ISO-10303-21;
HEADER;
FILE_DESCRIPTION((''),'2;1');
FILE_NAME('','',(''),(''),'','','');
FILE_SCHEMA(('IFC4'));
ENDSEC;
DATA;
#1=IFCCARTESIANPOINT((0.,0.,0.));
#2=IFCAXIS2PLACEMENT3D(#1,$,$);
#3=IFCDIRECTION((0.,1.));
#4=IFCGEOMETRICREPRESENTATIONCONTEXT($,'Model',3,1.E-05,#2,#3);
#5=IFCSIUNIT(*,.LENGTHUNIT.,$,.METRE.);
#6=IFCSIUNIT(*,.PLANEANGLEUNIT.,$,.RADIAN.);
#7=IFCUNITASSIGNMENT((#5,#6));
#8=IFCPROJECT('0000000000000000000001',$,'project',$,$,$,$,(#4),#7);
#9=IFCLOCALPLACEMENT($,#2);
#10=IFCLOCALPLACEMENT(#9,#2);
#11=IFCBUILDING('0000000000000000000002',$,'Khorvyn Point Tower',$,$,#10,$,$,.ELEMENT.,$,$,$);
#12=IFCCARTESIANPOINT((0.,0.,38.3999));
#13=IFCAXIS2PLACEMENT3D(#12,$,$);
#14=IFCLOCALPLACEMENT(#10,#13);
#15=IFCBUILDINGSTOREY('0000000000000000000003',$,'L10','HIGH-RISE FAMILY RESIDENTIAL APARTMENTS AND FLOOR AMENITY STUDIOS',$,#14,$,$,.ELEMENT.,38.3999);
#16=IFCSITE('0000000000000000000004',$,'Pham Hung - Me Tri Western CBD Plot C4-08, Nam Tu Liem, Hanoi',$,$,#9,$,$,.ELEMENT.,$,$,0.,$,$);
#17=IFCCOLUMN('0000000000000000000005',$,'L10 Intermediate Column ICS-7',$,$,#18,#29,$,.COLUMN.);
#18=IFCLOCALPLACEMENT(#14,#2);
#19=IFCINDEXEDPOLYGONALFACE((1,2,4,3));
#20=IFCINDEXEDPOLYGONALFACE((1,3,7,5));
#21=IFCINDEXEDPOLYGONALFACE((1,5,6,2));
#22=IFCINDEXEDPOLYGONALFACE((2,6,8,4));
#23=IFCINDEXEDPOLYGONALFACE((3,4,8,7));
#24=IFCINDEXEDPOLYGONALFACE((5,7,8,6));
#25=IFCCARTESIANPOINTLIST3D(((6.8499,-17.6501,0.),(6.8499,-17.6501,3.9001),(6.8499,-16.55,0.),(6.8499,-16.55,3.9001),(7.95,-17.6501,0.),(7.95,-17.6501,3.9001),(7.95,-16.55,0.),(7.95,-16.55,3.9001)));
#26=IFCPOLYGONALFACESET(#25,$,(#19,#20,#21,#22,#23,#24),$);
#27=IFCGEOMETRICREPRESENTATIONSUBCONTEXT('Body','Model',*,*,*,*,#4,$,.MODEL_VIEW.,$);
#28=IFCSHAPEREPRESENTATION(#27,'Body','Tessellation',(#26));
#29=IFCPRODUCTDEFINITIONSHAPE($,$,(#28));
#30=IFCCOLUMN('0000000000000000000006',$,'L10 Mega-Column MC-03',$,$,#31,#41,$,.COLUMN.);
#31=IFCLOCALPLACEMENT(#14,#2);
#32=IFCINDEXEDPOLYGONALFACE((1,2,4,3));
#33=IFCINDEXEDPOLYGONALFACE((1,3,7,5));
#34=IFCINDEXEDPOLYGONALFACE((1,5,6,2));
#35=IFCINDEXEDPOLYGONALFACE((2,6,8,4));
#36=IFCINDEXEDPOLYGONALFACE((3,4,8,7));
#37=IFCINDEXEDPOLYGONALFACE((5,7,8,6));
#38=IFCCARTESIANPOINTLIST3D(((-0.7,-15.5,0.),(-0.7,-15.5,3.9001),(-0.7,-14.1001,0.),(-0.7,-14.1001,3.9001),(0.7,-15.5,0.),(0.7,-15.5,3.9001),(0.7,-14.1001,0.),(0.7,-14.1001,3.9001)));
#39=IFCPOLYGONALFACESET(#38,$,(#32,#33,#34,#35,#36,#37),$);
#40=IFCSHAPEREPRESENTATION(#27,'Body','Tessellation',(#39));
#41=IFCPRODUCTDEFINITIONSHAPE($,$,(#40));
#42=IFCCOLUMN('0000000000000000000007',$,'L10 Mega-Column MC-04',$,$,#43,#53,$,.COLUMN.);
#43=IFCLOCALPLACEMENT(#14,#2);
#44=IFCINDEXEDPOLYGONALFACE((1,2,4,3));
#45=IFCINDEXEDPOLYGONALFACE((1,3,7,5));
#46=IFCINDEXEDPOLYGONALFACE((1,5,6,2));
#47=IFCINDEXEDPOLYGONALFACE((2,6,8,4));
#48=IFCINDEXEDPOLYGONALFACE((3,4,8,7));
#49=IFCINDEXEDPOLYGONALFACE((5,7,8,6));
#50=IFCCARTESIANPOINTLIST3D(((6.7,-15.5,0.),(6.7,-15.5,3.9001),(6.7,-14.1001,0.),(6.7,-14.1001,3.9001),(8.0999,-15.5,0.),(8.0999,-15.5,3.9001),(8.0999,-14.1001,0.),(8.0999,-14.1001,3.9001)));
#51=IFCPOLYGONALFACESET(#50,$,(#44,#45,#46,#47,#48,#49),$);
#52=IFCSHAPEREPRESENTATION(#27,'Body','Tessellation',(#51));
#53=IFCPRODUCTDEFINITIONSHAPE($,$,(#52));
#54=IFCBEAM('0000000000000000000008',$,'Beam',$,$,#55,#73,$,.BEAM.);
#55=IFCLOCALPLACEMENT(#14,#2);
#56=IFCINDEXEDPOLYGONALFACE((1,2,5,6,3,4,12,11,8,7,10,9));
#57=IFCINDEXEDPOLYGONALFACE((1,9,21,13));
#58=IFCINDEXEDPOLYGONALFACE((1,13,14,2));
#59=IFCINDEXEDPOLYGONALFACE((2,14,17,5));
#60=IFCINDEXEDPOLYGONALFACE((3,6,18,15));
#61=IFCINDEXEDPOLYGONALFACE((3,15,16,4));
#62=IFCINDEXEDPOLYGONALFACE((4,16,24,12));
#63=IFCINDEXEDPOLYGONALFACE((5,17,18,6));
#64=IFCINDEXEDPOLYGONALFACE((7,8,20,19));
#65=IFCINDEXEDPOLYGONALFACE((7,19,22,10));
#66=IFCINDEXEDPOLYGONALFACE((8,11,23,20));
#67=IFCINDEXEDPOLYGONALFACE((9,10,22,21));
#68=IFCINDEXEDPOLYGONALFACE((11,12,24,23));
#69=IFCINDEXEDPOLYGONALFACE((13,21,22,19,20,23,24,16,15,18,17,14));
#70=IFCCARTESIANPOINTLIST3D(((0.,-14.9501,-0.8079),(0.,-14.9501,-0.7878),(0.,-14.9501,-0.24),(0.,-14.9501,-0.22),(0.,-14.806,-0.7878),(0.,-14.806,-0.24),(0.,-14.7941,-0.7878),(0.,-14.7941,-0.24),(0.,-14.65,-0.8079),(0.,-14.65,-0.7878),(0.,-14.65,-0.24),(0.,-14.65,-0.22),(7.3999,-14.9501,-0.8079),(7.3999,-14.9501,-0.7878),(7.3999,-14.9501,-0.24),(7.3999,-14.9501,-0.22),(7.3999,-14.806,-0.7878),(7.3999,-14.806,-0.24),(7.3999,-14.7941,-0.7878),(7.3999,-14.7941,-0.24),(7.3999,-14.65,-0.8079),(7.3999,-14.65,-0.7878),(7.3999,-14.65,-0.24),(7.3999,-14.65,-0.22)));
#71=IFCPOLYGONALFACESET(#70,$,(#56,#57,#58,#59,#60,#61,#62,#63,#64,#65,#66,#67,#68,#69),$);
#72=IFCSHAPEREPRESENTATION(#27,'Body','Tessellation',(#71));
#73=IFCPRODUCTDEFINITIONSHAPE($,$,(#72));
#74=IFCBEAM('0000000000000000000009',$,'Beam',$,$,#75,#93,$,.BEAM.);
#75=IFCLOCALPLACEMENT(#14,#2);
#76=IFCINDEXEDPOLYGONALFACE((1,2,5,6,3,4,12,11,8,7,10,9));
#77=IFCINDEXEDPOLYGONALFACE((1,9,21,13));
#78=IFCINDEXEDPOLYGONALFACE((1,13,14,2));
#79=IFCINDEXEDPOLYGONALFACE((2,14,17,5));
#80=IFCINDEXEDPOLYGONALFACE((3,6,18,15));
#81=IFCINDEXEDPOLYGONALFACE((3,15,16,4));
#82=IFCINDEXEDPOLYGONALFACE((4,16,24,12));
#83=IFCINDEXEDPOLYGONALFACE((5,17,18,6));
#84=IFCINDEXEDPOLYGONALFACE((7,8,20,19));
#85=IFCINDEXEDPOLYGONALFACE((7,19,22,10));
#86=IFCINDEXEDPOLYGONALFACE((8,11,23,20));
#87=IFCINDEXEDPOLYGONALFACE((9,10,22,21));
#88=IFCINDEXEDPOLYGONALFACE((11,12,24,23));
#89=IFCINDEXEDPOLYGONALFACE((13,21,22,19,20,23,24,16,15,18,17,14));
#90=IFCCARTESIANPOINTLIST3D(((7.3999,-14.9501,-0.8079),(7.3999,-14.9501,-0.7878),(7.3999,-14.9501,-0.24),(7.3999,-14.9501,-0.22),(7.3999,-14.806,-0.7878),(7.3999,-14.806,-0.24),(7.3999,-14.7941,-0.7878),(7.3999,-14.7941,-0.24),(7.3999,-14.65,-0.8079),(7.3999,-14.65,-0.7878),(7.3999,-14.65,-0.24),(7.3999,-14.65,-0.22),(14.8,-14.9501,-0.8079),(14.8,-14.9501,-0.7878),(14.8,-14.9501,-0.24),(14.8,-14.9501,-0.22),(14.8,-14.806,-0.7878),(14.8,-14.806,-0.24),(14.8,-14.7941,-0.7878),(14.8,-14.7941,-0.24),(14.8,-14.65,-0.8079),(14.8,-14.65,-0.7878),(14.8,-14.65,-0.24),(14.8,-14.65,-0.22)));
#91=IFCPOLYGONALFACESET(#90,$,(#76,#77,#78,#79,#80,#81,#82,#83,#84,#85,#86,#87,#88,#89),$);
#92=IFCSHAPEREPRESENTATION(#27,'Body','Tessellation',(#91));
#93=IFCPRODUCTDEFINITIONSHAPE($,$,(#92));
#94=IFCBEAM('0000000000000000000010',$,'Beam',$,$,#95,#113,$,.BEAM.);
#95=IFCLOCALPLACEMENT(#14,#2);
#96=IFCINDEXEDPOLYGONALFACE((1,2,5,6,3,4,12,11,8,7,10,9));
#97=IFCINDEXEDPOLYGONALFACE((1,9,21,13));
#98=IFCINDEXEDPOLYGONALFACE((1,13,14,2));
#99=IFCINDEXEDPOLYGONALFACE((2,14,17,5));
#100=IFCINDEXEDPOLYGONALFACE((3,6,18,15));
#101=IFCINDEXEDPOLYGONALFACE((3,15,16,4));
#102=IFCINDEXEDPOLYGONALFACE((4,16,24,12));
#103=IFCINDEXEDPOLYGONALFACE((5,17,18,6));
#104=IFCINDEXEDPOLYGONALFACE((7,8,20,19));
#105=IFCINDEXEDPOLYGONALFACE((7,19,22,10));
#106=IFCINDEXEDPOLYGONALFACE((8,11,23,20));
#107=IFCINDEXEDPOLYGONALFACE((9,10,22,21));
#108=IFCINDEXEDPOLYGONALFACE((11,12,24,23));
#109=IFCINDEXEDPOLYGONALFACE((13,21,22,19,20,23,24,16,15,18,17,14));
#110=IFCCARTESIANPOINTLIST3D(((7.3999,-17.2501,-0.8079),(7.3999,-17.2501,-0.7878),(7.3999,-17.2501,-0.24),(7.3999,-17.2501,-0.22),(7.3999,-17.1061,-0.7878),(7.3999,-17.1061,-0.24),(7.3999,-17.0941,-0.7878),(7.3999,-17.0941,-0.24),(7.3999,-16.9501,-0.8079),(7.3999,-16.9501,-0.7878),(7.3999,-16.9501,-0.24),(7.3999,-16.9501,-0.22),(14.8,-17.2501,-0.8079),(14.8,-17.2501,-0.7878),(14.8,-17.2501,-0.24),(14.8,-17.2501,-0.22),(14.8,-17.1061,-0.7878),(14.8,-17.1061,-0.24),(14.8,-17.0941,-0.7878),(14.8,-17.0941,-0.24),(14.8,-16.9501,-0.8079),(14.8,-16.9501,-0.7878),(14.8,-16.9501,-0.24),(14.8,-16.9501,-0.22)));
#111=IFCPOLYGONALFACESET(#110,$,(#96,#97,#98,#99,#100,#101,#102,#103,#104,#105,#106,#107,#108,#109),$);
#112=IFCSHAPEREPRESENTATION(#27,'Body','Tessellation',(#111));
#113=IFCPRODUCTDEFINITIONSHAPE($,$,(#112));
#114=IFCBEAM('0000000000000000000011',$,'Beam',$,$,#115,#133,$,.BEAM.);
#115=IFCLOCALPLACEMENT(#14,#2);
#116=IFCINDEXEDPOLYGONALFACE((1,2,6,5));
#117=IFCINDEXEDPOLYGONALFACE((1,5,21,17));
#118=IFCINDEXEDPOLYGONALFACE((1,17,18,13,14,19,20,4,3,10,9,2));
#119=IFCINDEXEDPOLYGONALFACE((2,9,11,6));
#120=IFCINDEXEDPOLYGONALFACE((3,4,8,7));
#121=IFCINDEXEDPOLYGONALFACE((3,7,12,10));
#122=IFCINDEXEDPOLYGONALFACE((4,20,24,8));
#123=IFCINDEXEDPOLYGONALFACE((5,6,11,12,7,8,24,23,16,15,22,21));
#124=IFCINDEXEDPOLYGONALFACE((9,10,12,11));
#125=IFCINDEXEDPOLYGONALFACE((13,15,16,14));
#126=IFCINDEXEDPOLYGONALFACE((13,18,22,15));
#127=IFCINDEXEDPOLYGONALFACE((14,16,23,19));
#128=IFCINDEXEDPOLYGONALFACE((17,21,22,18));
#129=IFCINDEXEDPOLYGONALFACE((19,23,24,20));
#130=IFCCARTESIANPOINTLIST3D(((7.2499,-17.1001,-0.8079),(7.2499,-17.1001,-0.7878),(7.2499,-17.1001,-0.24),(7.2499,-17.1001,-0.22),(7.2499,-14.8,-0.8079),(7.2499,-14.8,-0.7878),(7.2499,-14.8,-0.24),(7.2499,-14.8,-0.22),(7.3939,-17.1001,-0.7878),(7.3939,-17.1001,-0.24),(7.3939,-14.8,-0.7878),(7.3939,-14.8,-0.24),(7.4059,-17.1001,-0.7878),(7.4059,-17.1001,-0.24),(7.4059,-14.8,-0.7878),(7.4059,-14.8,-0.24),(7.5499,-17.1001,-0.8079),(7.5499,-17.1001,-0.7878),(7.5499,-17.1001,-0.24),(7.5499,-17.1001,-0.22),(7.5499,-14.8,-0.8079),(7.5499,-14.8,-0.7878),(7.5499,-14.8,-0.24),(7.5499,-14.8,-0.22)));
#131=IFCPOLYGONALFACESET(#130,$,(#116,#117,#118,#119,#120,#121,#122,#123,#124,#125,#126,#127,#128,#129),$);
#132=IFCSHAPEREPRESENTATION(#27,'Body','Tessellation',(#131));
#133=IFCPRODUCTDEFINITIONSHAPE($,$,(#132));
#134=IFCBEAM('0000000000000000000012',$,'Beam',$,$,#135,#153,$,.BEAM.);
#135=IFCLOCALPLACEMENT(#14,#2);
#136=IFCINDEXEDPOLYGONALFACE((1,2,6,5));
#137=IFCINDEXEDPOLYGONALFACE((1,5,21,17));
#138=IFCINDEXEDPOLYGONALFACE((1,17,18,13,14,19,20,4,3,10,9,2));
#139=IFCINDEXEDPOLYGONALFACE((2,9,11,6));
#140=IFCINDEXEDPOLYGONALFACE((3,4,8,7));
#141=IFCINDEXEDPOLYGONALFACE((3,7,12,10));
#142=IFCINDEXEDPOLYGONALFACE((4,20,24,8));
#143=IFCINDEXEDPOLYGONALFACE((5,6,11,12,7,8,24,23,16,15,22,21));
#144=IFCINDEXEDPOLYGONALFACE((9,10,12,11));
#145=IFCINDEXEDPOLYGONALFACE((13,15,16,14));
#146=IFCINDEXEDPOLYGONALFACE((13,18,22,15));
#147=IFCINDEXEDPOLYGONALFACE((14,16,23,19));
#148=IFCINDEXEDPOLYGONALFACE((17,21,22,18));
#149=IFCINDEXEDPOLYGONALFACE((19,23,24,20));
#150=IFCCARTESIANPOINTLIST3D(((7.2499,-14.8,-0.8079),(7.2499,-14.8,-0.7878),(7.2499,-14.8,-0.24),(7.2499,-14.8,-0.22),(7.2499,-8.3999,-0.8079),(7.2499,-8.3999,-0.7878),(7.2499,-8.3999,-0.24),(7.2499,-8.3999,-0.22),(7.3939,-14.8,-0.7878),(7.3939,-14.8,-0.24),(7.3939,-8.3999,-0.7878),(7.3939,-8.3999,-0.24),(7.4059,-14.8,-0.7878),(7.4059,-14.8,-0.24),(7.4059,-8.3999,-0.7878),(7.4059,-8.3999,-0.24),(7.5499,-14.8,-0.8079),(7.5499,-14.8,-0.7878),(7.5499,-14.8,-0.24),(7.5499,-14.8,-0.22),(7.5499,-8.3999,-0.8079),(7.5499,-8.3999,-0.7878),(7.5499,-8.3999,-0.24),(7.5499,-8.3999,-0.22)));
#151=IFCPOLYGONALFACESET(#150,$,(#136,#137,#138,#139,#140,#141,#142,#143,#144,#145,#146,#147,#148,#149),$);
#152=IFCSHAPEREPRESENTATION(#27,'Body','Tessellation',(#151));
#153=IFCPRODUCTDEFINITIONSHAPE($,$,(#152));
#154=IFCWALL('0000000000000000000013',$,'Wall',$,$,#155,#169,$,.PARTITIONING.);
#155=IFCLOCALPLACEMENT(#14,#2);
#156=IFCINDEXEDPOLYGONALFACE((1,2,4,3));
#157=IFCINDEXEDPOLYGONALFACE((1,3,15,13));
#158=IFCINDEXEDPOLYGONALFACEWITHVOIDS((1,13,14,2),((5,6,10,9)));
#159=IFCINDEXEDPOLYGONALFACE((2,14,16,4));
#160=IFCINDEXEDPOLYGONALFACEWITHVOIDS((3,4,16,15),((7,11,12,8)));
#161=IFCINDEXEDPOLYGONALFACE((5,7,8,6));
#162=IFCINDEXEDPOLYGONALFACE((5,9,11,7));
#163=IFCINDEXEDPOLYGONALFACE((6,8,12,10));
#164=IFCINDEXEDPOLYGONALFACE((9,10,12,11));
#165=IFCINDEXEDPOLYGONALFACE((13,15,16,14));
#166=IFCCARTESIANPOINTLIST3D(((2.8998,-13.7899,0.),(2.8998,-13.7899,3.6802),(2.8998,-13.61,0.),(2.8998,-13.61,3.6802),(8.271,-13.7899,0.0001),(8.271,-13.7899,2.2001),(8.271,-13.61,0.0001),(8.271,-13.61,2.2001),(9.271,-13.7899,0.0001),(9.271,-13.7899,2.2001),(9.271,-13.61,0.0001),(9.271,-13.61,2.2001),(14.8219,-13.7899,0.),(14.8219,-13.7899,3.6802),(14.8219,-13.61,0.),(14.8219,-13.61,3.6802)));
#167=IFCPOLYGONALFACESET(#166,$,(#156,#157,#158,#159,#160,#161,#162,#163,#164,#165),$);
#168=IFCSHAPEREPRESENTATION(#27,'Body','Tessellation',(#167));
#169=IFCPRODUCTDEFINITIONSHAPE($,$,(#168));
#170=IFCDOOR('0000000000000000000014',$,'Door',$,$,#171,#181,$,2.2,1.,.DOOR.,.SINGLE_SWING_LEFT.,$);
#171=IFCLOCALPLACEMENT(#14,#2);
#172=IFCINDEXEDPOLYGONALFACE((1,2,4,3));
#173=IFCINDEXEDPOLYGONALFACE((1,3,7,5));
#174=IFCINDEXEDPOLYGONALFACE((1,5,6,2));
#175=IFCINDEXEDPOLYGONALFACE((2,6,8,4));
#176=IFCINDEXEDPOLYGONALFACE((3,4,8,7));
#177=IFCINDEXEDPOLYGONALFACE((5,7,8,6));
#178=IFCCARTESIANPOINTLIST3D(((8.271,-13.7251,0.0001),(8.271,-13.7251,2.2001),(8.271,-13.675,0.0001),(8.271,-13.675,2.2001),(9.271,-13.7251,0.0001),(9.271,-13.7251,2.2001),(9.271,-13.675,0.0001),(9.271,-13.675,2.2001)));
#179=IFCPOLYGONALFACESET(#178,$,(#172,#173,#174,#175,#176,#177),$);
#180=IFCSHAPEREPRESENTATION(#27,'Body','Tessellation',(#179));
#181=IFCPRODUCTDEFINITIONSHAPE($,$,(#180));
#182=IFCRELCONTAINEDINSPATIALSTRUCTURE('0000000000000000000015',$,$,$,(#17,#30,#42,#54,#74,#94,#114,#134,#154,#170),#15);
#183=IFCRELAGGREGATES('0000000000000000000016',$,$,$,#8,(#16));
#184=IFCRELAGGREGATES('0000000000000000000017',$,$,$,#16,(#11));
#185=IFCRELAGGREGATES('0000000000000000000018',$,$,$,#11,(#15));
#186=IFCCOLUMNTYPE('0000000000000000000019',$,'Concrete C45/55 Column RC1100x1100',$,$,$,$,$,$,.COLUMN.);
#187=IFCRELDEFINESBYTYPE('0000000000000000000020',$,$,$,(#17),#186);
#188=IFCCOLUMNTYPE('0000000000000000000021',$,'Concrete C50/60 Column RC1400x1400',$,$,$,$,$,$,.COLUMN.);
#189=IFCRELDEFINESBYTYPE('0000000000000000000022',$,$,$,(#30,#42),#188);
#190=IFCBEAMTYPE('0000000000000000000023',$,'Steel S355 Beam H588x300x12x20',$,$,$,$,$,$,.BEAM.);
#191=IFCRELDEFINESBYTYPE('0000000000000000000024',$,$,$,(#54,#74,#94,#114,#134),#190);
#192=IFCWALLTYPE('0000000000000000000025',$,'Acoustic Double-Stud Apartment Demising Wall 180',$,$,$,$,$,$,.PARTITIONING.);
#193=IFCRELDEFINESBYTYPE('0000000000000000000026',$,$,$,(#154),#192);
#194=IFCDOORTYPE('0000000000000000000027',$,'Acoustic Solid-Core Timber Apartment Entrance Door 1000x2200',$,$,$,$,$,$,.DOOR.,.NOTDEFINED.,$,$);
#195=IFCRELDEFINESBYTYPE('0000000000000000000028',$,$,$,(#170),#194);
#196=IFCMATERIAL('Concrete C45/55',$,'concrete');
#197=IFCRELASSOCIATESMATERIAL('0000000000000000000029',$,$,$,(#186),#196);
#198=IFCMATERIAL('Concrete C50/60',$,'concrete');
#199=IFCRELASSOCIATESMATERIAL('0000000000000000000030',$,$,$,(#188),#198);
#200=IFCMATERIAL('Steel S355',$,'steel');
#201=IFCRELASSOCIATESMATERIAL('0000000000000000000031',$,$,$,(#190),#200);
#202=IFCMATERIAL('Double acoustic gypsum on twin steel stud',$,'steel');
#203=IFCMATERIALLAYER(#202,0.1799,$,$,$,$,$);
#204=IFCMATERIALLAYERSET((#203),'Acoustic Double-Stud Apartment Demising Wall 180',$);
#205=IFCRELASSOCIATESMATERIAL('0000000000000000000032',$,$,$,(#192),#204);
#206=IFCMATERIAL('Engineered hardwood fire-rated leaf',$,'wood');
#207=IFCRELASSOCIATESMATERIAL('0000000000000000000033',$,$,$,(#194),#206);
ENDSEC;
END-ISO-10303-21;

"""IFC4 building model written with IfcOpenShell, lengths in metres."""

from ifc_helpers import new_model, si_unit, direction, frame, frame_2d, origin, origin_2d, place, context, subcontext, project, spatial, rectangle, i_section, extrude, material, layer, layer_set, material_profile, profile_set, type_object, element, fill, save


model = new_model("IFC4")

# Units and contexts
model_context = context("Model", 3, precision=1e-05, world=origin(), true_north=direction((0.0, 1.0)))
body_context = subcontext(model_context, "Body", "Model", "MODEL_VIEW")
ifc_project = project(units=[si_unit("LENGTHUNIT", "METRE"), si_unit("PLANEANGLEUNIT", "RADIAN")], contexts=[model_context])

# Site, building, storey
site_placement = place(None, origin())
site = spatial("IfcSite", under=ifc_project, at=site_placement, Name="Pham Hung - Me Tri Western CBD Plot C4-08, Nam Tu Liem, Hanoi", CompositionType="ELEMENT", RefElevation=0.0)
building_placement = place(site_placement, origin())
building = spatial("IfcBuilding", under=site, at=building_placement, Name="Khorvyn Point Tower", CompositionType="ELEMENT")
storey_placement = place(building_placement, frame((0.0, 0.0, 38.3999)))
storey = spatial("IfcBuildingStorey", under=building, at=storey_placement, Name="L10", Description="HIGH-RISE FAMILY RESIDENTIAL APARTMENTS AND FLOOR AMENITY STUDIOS", CompositionType="ELEMENT", Elevation=38.3999)

# Columns
ifc_material_1 = material(Name="Concrete C45/55", Category="concrete")
ifc_material_profile_1 = material_profile(ifc_material_1, rectangle(XDim=1.1001, YDim=1.1001, at=origin_2d()))
ifc_profile_set_1 = profile_set([ifc_material_profile_1], Name="Concrete C45/55 RC1100x1100")
column_type_1 = type_object("IfcColumnType", Name="Concrete C45/55 Column RC1100x1100", PredefinedType="COLUMN", material=ifc_profile_set_1)
column_placement = place(storey_placement, frame((7.3999, -17.1001, 0.0), z_axis=(0.0, 0.0, 1.0), x_axis=(1.0, 0.0, 0.0)))
element("IfcColumn", 1, at=column_placement, inside=storey, type_object=column_type_1, Name="L10 Intermediate Column ICS-7", PredefinedType="COLUMN", context=body_context, shape_type="SweptSolid", body=[
    extrude(rectangle(XDim=1.1001, YDim=1.1001, at=origin_2d()), origin(), (0.0, 0.0, 1.0), 3.9001),
])
ifc_material_2 = material(Name="Concrete C50/60", Category="concrete")
ifc_material_profile_2 = material_profile(ifc_material_2, rectangle(XDim=1.3999, YDim=1.3999, at=origin_2d()))
ifc_profile_set_2 = profile_set([ifc_material_profile_2], Name="Concrete C50/60 RC1400x1400")
column_type_2 = type_object("IfcColumnType", Name="Concrete C50/60 Column RC1400x1400", PredefinedType="COLUMN", material=ifc_profile_set_2)
for number, where, z_axis, x_axis, name in (
    (2, (0.0, -14.8, 0.0), (0.0, 0.0, 1.0), (1.0, 0.0, 0.0), "L10 Mega-Column MC-03"),
    (3, (7.3999, -14.8, 0.0), (0.0, 0.0, 1.0), (1.0, 0.0, 0.0), "L10 Mega-Column MC-04"),
):
    element("IfcColumn", number, at=place(storey_placement, frame(where, z_axis=z_axis, x_axis=x_axis)), inside=storey, type_object=column_type_2, Name=name, PredefinedType="COLUMN", context=body_context, shape_type="SweptSolid", body=[
        extrude(rectangle(XDim=1.3999, YDim=1.3999, at=origin_2d()), origin(), (0.0, 0.0, 1.0), 3.9001),
    ])

# Beams
ifc_material_3 = material(Name="Steel S355", Category="steel")
ifc_material_profile_3 = material_profile(ifc_material_3, i_section(OverallWidth=0.3, OverallDepth=0.5879, WebThickness=0.012, FlangeThickness=0.02, at=origin_2d()))
ifc_profile_set_3 = profile_set([ifc_material_profile_3], Name="Steel S355 H588x300x12x20")
beam_type = type_object("IfcBeamType", Name="Steel S355 Beam H588x300x12x20", PredefinedType="BEAM", material=ifc_profile_set_3)
beam_1_placement = place(storey_placement, frame((0.0, -14.8, -0.5139), z_axis=(1.0, 0.0, 0.0), x_axis=(0.0, 1.0, 0.0)))
element("IfcBeam", 4, at=beam_1_placement, inside=storey, type_object=beam_type, Name="Beam", PredefinedType="BEAM", context=body_context, shape_type="SweptSolid", body=[
    extrude(i_section(OverallWidth=0.3, OverallDepth=0.5879, WebThickness=0.012, FlangeThickness=0.02, at=origin_2d()), origin(), (0.0, 0.0, 1.0), 7.3999),
])
for number, where, z_axis, x_axis, name in (
    (5, (7.3999, -14.8, -0.5139), (1.0, 0.0, 0.0), (0.0, 1.0, 0.0), "Beam"),
    (6, (7.3999, -17.1001, -0.5139), (1.0, 0.0, 0.0), (0.0, 1.0, 0.0), "Beam"),
):
    element("IfcBeam", number, at=place(storey_placement, frame(where, z_axis=z_axis, x_axis=x_axis)), inside=storey, type_object=beam_type, Name=name, PredefinedType="BEAM", context=body_context, shape_type="SweptSolid", body=[
        extrude(i_section(OverallWidth=0.3, OverallDepth=0.5879, WebThickness=0.012, FlangeThickness=0.02, at=origin_2d()), origin(), (0.0, 0.0, 1.0), 7.4001),
    ])
beam_2_placement = place(storey_placement, frame((7.3999, -17.1001, -0.5139), z_axis=(0.0, 1.0, 0.0), x_axis=(-1.0, 0.0, 0.0)))
element("IfcBeam", 7, at=beam_2_placement, inside=storey, type_object=beam_type, Name="Beam", PredefinedType="BEAM", context=body_context, shape_type="SweptSolid", body=[
    extrude(i_section(OverallWidth=0.3, OverallDepth=0.5879, WebThickness=0.012, FlangeThickness=0.02, at=origin_2d()), origin(), (0.0, 0.0, 1.0), 2.3),
])
beam_3_placement = place(storey_placement, frame((7.3999, -14.8, -0.5139), z_axis=(0.0, 1.0, 0.0), x_axis=(-1.0, 0.0, 0.0)))
element("IfcBeam", 8, at=beam_3_placement, inside=storey, type_object=beam_type, Name="Beam", PredefinedType="BEAM", context=body_context, shape_type="SweptSolid", body=[
    extrude(i_section(OverallWidth=0.3, OverallDepth=0.5879, WebThickness=0.012, FlangeThickness=0.02, at=origin_2d()), origin(), (0.0, 0.0, 1.0), 6.4001),
])

# Wall, opening, door
ifc_material_4 = material(Name="Double acoustic gypsum on twin steel stud", Category="steel")
ifc_layer_1 = layer(ifc_material_4, 0.1799)
ifc_layer_set_1 = layer_set([ifc_layer_1], Name="Acoustic Double-Stud Apartment Demising Wall 180")
wall_type_1 = type_object("IfcWallType", Name="Acoustic Double-Stud Apartment Demising Wall 180", PredefinedType="PARTITIONING", material=ifc_layer_set_1)
wall_1_placement = place(storey_placement, frame((2.8999, -13.7, 0.0), z_axis=(0.0, 0.0, 1.0), x_axis=(1.0, 0.0, 0.0)))
wall_1 = element("IfcWall", 9, at=wall_1_placement, inside=storey, type_object=wall_type_1, Name="Wall", PredefinedType="PARTITIONING", context=body_context, shape_type="SweptSolid", body=[
    extrude(rectangle(XDim=11.9221, YDim=0.1799, at=frame_2d((5.9609, 0.0))), origin(), (0.0, 0.0, 1.0), 3.6802),
])
opening_1_placement = place(wall_1_placement, frame((5.3711, 0.0, 0.0)))
opening_1 = element("IfcOpeningElement", 10, at=opening_1_placement, cuts=wall_1, PredefinedType="OPENING", context=body_context, shape_type="SweptSolid", body=[
    extrude(rectangle(XDim=1.0, YDim=2.2, at=frame_2d((0.5, 1.1001))), frame((0.0, 0.0999, 0.0), z_axis=(0.0, -1.0, 0.0), x_axis=(1.0, 0.0, 0.0)), (0.0, 0.0, 1.0), 0.2),
])
ifc_material_5 = material(Name="Engineered hardwood fire-rated leaf", Category="wood")
door_type_1 = type_object("IfcDoorType", Name="Acoustic Solid-Core Timber Apartment Entrance Door 1000x2200", OperationType="NOTDEFINED", PredefinedType="DOOR", material=ifc_material_5)
door_1_placement = place(opening_1_placement, origin())
door_1 = element("IfcDoor", 11, at=door_1_placement, inside=storey, type_object=door_type_1, Name="Door", OperationType="SINGLE_SWING_LEFT", OverallHeight=2.2, OverallWidth=1.0, PredefinedType="DOOR", context=body_context, shape_type="SweptSolid", body=[
    extrude(rectangle(XDim=1.0, YDim=2.2, at=frame_2d((0.5, 1.1001))), frame((0.0, 0.0249, 0.0), z_axis=(0.0, -1.0, 0.0), x_axis=(1.0, 0.0, 0.0)), (0.0, 0.0, 1.0), 0.05),
])
fill(opening_1, door_1)

save(model, "model.ifc")
